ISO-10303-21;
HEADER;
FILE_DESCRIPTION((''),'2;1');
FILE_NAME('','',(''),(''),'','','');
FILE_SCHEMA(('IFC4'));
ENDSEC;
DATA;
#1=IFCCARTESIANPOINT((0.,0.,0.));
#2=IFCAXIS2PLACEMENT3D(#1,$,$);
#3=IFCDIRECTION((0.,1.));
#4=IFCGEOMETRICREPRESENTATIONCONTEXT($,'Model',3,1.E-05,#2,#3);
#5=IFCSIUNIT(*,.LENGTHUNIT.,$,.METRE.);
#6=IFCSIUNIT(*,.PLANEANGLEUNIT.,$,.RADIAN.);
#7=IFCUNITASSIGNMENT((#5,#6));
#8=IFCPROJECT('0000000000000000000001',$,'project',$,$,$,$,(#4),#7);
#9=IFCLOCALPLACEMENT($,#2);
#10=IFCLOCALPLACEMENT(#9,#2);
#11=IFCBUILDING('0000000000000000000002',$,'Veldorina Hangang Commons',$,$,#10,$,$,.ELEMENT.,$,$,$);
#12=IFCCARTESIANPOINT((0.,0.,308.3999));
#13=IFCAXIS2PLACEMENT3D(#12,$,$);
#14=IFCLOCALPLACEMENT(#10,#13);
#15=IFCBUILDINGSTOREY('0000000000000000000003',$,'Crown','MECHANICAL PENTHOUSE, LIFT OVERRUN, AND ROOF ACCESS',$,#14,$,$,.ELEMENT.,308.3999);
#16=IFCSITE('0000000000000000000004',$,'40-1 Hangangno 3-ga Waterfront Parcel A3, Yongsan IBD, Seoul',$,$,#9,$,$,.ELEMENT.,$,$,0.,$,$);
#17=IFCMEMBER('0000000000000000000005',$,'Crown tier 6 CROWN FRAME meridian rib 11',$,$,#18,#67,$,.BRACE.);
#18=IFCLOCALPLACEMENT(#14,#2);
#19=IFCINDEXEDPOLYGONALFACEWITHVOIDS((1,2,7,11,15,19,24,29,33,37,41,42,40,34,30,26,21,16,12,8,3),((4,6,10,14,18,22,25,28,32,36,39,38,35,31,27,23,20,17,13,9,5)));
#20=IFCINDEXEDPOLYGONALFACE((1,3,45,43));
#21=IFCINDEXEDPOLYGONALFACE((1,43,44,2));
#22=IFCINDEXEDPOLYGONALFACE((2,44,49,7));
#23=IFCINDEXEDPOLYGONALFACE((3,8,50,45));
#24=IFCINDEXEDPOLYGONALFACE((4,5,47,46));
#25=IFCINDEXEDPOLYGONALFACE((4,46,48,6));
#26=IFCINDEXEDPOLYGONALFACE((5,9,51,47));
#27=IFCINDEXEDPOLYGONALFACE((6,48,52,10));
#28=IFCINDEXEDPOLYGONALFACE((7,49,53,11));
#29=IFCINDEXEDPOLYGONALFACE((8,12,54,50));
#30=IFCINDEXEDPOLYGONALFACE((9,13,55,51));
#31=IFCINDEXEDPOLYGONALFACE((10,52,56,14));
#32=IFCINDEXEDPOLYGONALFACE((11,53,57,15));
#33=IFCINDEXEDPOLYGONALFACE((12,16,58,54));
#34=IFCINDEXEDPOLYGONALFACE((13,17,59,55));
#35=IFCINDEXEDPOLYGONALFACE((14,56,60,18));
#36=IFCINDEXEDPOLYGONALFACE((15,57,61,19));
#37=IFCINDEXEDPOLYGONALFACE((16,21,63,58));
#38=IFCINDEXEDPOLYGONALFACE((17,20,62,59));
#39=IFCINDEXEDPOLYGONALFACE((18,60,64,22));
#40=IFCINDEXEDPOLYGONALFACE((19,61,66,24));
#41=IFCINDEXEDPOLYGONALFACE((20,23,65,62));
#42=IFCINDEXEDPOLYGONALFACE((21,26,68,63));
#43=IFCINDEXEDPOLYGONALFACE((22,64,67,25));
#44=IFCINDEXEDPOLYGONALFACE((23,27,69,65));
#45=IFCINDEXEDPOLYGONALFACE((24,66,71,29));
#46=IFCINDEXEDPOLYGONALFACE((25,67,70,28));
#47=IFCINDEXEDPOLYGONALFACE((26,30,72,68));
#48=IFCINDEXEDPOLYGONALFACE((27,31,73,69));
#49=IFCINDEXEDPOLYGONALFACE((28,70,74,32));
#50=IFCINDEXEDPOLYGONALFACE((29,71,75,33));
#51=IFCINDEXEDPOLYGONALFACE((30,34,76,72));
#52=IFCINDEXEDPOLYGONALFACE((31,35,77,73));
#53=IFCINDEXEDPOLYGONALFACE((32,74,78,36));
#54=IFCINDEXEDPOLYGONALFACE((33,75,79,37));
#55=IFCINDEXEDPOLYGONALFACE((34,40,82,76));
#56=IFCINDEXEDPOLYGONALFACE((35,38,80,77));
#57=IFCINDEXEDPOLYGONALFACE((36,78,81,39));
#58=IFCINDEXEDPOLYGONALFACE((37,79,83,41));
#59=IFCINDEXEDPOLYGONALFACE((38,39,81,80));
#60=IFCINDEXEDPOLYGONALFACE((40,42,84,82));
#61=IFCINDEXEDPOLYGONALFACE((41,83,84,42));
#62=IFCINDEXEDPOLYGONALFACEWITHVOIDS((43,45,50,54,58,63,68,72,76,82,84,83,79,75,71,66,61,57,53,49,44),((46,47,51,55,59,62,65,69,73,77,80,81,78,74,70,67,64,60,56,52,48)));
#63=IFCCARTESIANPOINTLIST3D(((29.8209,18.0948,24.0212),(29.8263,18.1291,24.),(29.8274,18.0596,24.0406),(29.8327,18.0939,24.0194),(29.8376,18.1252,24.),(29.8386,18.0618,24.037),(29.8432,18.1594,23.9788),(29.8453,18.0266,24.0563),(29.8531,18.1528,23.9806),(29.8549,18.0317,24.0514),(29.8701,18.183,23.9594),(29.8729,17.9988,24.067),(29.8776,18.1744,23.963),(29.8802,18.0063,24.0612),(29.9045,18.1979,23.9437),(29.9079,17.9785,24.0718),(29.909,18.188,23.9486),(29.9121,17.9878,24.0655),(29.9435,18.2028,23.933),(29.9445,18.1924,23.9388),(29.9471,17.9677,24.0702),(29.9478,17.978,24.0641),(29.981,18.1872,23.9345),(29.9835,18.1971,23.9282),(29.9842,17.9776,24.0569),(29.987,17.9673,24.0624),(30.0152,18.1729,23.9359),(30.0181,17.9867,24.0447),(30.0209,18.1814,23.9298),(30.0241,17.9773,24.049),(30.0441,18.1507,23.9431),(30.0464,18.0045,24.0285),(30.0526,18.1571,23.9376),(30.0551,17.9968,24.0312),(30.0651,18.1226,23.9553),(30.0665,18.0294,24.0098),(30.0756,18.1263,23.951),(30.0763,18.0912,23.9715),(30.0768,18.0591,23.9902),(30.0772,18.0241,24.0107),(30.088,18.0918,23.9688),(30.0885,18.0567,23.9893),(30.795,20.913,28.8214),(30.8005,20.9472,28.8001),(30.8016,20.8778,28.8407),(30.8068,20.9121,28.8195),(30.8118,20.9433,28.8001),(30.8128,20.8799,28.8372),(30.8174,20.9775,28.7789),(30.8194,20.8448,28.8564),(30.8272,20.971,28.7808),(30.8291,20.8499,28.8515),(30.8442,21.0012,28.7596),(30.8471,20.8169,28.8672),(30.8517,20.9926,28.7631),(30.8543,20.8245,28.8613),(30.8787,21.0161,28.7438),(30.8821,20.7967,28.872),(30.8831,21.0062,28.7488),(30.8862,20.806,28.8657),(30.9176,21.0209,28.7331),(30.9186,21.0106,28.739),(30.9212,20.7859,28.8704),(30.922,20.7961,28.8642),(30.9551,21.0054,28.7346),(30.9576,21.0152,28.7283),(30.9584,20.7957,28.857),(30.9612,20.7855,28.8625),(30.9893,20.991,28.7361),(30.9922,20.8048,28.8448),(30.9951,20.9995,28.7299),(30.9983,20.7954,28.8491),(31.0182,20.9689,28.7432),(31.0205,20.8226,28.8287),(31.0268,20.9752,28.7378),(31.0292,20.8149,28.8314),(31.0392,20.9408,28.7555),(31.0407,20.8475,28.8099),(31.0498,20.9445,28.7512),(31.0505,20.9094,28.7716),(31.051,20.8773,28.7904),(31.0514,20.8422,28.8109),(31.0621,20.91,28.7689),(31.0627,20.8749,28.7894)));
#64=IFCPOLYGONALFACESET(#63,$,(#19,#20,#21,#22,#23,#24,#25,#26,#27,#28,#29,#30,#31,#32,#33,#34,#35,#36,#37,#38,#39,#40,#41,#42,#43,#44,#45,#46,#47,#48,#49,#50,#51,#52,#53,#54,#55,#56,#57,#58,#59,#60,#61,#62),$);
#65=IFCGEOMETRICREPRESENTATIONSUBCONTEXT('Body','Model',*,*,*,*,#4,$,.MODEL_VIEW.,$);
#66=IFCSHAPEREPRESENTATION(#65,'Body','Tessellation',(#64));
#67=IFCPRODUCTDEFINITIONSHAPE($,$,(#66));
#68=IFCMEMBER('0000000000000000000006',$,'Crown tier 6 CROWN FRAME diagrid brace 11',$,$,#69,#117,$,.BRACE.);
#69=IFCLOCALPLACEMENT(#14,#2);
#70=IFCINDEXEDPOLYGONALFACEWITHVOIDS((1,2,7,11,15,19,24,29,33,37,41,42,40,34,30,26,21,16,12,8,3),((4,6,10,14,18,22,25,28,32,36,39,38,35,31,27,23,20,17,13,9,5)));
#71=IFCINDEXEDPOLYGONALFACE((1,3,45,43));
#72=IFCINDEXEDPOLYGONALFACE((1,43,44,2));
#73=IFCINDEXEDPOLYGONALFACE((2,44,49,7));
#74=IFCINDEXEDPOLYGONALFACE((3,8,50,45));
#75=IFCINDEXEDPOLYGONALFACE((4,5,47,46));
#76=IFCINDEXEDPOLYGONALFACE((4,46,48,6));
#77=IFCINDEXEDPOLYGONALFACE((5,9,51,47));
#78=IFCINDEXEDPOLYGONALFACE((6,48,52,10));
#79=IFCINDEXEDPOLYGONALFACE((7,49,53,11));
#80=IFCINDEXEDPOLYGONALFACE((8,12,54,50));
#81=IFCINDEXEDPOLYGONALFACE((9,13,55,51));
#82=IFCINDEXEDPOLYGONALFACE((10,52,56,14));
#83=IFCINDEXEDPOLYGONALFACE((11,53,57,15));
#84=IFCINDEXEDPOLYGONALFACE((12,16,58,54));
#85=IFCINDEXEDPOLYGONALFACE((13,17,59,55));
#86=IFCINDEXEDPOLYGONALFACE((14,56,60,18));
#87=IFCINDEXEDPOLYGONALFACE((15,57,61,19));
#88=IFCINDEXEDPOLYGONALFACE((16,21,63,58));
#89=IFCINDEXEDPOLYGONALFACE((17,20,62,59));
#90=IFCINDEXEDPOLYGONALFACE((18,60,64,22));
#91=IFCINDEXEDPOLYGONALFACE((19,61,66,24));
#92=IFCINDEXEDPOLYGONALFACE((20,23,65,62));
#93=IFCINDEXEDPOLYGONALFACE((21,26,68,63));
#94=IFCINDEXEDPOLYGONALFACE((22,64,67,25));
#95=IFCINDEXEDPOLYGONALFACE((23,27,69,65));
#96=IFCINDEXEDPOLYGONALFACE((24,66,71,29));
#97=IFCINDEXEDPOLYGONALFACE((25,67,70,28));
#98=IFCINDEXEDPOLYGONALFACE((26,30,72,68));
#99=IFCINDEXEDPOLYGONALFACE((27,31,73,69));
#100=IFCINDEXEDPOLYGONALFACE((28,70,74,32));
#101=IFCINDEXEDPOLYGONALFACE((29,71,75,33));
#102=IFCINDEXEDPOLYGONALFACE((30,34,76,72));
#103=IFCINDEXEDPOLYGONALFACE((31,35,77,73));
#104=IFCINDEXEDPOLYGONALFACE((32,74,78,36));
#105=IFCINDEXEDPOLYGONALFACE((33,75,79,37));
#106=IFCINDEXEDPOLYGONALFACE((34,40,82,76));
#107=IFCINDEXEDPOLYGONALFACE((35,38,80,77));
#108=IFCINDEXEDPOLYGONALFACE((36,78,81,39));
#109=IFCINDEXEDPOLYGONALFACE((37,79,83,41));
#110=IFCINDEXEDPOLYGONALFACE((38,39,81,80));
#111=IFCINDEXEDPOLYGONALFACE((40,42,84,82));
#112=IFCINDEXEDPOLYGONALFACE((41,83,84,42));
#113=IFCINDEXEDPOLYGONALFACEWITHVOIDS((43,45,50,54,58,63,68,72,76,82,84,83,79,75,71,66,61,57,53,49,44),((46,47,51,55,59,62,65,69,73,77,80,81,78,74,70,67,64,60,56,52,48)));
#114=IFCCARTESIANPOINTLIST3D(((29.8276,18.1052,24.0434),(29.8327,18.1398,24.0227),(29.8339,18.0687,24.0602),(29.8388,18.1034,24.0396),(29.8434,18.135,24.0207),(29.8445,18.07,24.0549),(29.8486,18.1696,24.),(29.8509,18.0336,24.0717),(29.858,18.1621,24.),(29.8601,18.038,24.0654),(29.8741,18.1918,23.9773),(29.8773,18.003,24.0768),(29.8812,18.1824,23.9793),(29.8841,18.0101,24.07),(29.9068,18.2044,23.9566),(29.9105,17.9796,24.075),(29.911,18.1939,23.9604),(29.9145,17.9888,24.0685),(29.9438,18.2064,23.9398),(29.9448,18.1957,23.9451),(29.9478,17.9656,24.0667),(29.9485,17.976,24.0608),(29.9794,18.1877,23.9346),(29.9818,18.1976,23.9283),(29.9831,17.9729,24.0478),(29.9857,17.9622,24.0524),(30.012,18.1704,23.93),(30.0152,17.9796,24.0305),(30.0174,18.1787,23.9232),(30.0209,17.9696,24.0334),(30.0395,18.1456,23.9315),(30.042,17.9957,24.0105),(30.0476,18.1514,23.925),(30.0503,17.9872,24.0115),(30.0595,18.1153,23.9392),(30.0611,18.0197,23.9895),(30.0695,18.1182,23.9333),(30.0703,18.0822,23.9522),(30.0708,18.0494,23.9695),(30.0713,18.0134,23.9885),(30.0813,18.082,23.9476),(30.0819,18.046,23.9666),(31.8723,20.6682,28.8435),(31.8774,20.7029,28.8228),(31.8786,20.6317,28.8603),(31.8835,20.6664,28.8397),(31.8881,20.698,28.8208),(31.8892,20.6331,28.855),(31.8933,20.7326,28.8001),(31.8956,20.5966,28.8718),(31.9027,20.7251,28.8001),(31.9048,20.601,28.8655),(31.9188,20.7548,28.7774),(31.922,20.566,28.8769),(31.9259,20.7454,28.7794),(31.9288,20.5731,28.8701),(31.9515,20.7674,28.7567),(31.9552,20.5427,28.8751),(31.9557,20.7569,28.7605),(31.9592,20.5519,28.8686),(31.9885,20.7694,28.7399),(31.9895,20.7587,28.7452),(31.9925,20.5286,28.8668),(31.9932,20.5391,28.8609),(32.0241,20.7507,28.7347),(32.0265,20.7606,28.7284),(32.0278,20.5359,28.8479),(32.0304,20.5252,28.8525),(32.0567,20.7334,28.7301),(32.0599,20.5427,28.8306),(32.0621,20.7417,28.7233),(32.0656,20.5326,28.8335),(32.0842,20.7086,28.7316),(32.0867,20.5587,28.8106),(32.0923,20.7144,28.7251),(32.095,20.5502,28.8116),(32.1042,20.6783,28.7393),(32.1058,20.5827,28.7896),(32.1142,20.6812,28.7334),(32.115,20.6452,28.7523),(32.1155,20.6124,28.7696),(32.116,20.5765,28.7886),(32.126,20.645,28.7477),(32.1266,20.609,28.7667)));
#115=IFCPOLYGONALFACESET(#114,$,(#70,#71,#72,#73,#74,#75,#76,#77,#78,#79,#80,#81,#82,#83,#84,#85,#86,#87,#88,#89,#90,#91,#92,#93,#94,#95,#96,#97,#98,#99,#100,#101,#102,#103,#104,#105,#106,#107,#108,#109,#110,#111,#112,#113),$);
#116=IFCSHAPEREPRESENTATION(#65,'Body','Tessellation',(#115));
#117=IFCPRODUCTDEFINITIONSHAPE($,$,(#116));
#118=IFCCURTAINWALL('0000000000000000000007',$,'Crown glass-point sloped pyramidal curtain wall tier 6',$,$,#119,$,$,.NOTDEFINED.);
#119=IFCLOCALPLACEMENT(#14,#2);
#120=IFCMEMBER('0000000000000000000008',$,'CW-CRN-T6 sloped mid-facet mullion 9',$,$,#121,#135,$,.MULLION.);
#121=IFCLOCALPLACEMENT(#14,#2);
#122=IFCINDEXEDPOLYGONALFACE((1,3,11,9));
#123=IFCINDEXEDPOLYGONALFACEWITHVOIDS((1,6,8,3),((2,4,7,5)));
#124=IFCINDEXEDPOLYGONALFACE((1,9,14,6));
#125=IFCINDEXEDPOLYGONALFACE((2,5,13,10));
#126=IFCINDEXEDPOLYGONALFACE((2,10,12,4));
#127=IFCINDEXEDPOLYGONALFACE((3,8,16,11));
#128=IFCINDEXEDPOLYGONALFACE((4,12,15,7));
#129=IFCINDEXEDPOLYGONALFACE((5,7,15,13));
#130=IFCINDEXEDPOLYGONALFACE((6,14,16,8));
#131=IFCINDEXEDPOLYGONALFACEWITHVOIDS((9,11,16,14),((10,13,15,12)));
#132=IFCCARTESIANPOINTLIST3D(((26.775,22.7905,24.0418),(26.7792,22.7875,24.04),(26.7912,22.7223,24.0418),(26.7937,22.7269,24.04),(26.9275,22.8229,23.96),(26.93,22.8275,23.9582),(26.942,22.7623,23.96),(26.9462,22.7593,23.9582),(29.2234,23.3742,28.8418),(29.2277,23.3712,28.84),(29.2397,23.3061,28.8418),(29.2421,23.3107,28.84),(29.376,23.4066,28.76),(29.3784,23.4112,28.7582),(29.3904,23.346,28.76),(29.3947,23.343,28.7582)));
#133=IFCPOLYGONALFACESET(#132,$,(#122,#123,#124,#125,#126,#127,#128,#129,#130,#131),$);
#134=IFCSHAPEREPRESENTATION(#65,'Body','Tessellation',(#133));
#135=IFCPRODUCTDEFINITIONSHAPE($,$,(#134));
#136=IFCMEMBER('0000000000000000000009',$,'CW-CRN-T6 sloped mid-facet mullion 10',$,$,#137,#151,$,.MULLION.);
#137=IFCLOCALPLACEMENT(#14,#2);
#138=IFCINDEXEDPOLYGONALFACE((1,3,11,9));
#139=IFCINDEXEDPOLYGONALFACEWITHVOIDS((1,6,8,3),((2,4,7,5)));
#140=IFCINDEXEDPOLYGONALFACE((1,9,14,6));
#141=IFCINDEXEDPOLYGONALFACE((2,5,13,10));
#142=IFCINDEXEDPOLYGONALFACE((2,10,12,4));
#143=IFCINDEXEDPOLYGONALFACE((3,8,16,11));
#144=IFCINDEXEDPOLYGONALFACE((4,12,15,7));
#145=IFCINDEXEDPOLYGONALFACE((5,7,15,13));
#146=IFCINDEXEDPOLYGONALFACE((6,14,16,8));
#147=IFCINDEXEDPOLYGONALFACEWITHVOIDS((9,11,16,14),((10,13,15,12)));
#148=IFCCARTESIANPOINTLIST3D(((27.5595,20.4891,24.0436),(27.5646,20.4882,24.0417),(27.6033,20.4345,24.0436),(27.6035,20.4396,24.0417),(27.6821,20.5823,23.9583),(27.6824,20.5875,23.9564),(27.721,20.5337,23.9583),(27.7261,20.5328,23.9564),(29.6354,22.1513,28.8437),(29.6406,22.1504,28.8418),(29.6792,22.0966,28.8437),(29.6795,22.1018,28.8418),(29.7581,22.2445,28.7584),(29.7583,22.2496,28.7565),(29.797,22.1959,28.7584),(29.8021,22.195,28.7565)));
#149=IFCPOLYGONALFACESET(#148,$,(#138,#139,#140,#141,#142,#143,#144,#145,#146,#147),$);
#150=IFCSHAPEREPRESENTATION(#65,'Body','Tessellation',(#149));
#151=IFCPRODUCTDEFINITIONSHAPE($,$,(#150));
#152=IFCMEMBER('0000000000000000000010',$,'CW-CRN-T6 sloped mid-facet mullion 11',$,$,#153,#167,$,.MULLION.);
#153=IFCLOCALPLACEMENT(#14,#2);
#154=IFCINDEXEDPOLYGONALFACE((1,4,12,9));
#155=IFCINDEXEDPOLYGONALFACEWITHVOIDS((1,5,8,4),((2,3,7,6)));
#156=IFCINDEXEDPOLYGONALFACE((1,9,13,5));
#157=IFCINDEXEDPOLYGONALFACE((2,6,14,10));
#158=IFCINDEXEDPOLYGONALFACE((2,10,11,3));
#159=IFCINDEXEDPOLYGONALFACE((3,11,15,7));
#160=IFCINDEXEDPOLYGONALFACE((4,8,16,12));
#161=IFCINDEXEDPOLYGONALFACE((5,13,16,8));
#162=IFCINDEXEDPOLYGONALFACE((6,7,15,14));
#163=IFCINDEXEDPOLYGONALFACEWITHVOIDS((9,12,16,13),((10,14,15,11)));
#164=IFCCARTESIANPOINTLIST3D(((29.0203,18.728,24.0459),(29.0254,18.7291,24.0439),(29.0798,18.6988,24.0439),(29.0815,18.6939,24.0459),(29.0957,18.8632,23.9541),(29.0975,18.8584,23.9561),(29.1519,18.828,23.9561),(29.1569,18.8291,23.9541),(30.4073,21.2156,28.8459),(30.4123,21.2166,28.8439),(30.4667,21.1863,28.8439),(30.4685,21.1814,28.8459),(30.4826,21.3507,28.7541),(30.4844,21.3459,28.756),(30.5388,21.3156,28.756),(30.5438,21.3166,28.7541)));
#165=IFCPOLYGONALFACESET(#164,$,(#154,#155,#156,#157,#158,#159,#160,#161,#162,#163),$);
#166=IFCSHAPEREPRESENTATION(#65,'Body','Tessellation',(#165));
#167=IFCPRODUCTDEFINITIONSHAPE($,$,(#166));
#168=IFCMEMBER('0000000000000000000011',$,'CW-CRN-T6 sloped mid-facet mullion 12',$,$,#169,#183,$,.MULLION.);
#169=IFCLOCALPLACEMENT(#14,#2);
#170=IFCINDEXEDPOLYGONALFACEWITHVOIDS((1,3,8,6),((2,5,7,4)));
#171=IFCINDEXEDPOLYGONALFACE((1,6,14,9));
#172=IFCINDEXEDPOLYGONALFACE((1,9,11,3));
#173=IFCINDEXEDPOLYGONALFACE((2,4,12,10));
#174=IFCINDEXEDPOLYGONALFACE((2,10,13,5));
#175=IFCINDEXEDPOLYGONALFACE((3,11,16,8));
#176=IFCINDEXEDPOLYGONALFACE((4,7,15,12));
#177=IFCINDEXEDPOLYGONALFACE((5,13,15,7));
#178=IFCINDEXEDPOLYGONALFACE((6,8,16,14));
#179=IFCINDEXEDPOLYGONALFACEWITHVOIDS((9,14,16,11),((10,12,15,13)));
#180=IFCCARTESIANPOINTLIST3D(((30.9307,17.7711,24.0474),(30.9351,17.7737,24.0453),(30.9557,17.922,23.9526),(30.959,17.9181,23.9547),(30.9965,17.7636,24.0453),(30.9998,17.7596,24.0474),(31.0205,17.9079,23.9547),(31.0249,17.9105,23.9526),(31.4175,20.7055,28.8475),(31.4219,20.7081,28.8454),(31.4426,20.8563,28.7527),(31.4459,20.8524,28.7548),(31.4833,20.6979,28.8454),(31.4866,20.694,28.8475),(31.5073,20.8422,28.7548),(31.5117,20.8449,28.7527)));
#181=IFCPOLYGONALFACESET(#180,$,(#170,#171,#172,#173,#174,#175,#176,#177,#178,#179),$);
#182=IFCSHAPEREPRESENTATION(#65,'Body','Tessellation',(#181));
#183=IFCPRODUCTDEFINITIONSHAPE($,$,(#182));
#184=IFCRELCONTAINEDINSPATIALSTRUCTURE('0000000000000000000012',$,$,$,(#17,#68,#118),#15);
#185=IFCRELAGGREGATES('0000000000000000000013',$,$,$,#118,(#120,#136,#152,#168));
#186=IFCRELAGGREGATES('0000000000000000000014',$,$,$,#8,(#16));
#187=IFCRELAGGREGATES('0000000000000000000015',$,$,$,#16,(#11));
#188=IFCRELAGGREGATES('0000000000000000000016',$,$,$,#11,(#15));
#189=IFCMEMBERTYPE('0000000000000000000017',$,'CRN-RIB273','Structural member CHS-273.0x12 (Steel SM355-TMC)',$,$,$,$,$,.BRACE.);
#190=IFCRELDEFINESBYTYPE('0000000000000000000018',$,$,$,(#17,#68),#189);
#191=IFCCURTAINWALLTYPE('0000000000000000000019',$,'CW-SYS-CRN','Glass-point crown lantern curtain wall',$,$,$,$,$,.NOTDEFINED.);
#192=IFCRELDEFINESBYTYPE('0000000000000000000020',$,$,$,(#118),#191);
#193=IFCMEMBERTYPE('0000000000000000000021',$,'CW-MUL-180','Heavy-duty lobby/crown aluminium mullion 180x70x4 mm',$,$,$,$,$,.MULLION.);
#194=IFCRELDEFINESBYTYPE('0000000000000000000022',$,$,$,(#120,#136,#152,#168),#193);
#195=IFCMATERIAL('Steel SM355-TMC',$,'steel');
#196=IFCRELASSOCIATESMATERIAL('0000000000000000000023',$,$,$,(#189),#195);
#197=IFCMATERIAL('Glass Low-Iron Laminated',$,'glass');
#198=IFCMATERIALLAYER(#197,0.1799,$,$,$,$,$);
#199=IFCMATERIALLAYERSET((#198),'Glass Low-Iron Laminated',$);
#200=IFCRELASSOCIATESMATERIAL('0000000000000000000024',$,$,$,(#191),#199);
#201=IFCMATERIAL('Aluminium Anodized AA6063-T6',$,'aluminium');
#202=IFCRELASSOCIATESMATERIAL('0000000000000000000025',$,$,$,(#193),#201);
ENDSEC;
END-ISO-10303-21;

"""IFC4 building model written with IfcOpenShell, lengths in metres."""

from ifc_helpers import new_model, si_unit, direction, frame, origin, origin_2d, place, context, subcontext, project, spatial, hollow_rectangle, hollow_circle, extrude, material, layer, layer_set, material_profile, profile_set, type_object, element, aggregate, save


model = new_model("IFC4")

# Units and contexts
model_context = context("Model", 3, precision=1e-05, world=origin(), true_north=direction((0.0, 1.0)))
body_context = subcontext(model_context, "Body", "Model", "MODEL_VIEW")
ifc_project = project(units=[si_unit("LENGTHUNIT", "METRE"), si_unit("PLANEANGLEUNIT", "RADIAN")], contexts=[model_context])

# Site, building, storey
site_placement = place(None, origin())
site = spatial("IfcSite", under=ifc_project, at=site_placement, Name="40-1 Hangangno 3-ga Waterfront Parcel A3, Yongsan IBD, Seoul", CompositionType="ELEMENT", RefElevation=0.0)
building_placement = place(site_placement, origin())
building = spatial("IfcBuilding", under=site, at=building_placement, Name="Veldorina Hangang Commons", CompositionType="ELEMENT")
storey_placement = place(building_placement, frame((0.0, 0.0, 308.3999)))
storey = spatial("IfcBuildingStorey", under=building, at=storey_placement, Name="Crown", Description="MECHANICAL PENTHOUSE, LIFT OVERRUN, AND ROOF ACCESS", CompositionType="ELEMENT", Elevation=308.3999)

# Members
ifc_material_1 = material(Name="Steel SM355-TMC", Category="steel")
ifc_material_profile_1 = material_profile(ifc_material_1, hollow_circle(Radius=0.1365, WallThickness=0.012, at=origin_2d()), Name="CHS-273.0x12")
ifc_profile_set_1 = profile_set([ifc_material_profile_1], Name="Steel SM355-TMC")
member_type_1 = type_object("IfcMemberType", Name="CRN-RIB273", Description="Structural member CHS-273.0x12 (Steel SM355-TMC)", PredefinedType="BRACE", material=ifc_profile_set_1)
member_1_placement = place(storey_placement, frame((29.9553, 18.0845, 24.0), z_axis=(0.172387, 0.498714, 0.849451), x_axis=(-0.945129, 0.326697, 0.0)))
element("IfcMember", 1, at=member_1_placement, inside=storey, type_object=member_type_1, Name="Crown tier 6 CROWN FRAME meridian rib 11", PredefinedType="BRACE", context=body_context, shape_type="SweptSolid", body=[
    extrude(hollow_circle(Radius=0.1365, WallThickness=0.012, at=origin_2d()), origin(), (0.0, 0.0, 1.0), 5.6509),
])
member_2_placement = place(storey_placement, frame((29.9553, 18.0845, 24.0), z_axis=(0.351747, 0.440912, 0.825755), x_axis=(-0.781718, 0.623632, 0.0)))
element("IfcMember", 2, at=member_2_placement, inside=storey, type_object=member_type_1, Name="Crown tier 6 CROWN FRAME diagrid brace 11", PredefinedType="BRACE", context=body_context, shape_type="SweptSolid", body=[
    extrude(hollow_circle(Radius=0.1365, WallThickness=0.012, at=origin_2d()), origin(), (0.0, 0.0, 1.0), 5.813),
])

# Curtain wall, members
ifc_material_2 = material(Name="Glass Low-Iron Laminated", Category="glass")
ifc_layer_1 = layer(ifc_material_2, 0.1799)
ifc_layer_set_1 = layer_set([ifc_layer_1], Name="Glass Low-Iron Laminated")
curtain_wall_type = type_object("IfcCurtainWallType", Name="CW-SYS-CRN", Description="Glass-point crown lantern curtain wall", PredefinedType="NOTDEFINED", material=ifc_layer_set_1)
curtain_wall_1_placement = place(storey_placement, origin())
curtain_wall_1 = element("IfcCurtainWall", 3, at=curtain_wall_1_placement, inside=storey, type_object=curtain_wall_type, Name="Crown glass-point sloped pyramidal curtain wall tier 6", PredefinedType="NOTDEFINED")
ifc_material_3 = material(Name="Aluminium Anodized AA6063-T6", Category="aluminium")
ifc_material_profile_2 = material_profile(ifc_material_3, hollow_rectangle(XDim=0.0701, YDim=0.1799, WallThickness=0.0039, at=origin_2d()), Name="ALU-RHS-180x70x4")
ifc_profile_set_2 = profile_set([ifc_material_profile_2], Name="Aluminium Anodized AA6063-T6")
member_type_2 = type_object("IfcMemberType", Name="CW-MUL-180", Description="Heavy-duty lobby/crown aluminium mullion 180x70x4 mm", PredefinedType="MULLION", material=ifc_profile_set_2)
member_3_placement = place(storey_placement, frame((26.8606, 22.7749, 24.0), z_axis=(0.451751, 0.107701, 0.885619), x_axis=(-0.231909, 0.972737, 0.0)))
member_3 = element("IfcMember", 4, at=member_3_placement, type_object=member_type_2, Name="CW-CRN-T6 sloped mid-facet mullion 9", PredefinedType="MULLION", context=body_context, shape_type="SweptSolid", body=[
    extrude(hollow_rectangle(XDim=0.0701, YDim=0.1799, WallThickness=0.0039, at=origin_2d()), origin(), (0.0, 0.0, 1.0), 5.4199),
])
member_4_placement = place(storey_placement, frame((27.6428, 20.511, 24.0), z_axis=(0.378302, 0.302891, 0.874726), x_axis=(-0.625008, 0.780618, 0.0)))
member_4 = element("IfcMember", 5, at=member_4_placement, type_object=member_type_2, Name="CW-CRN-T6 sloped mid-facet mullion 10", PredefinedType="MULLION", context=body_context, shape_type="SweptSolid", body=[
    extrude(hollow_rectangle(XDim=0.0701, YDim=0.1799, WallThickness=0.0039, at=origin_2d()), origin(), (0.0, 0.0, 1.0), 5.4875),
])
member_5_placement = place(storey_placement, frame((29.0886, 18.7786, 24.0), z_axis=(0.248497, 0.445685, 0.860008), x_axis=(-0.873412, 0.486982, 0.0)))
member_5 = element("IfcMember", 6, at=member_5_placement, type_object=member_type_2, Name="CW-CRN-T6 sloped mid-facet mullion 11", PredefinedType="MULLION", context=body_context, shape_type="SweptSolid", body=[
    extrude(hollow_rectangle(XDim=0.0701, YDim=0.1799, WallThickness=0.0039, at=origin_2d()), origin(), (0.0, 0.0, 1.0), 5.5813),
])
member_6_placement = place(storey_placement, frame((30.9778, 17.8408, 24.0), z_axis=(0.086209, 0.519633, 0.850029), x_axis=(-0.986516, 0.163667, 0.0)))
member_6 = element("IfcMember", 7, at=member_6_placement, type_object=member_type_2, Name="CW-CRN-T6 sloped mid-facet mullion 12", PredefinedType="MULLION", context=body_context, shape_type="SweptSolid", body=[
    extrude(hollow_rectangle(XDim=0.0701, YDim=0.1799, WallThickness=0.0039, at=origin_2d()), origin(), (0.0, 0.0, 1.0), 5.647),
])

aggregate(curtain_wall_1, [member_3, member_4, member_5, member_6])

save(model, "model.ifc")
